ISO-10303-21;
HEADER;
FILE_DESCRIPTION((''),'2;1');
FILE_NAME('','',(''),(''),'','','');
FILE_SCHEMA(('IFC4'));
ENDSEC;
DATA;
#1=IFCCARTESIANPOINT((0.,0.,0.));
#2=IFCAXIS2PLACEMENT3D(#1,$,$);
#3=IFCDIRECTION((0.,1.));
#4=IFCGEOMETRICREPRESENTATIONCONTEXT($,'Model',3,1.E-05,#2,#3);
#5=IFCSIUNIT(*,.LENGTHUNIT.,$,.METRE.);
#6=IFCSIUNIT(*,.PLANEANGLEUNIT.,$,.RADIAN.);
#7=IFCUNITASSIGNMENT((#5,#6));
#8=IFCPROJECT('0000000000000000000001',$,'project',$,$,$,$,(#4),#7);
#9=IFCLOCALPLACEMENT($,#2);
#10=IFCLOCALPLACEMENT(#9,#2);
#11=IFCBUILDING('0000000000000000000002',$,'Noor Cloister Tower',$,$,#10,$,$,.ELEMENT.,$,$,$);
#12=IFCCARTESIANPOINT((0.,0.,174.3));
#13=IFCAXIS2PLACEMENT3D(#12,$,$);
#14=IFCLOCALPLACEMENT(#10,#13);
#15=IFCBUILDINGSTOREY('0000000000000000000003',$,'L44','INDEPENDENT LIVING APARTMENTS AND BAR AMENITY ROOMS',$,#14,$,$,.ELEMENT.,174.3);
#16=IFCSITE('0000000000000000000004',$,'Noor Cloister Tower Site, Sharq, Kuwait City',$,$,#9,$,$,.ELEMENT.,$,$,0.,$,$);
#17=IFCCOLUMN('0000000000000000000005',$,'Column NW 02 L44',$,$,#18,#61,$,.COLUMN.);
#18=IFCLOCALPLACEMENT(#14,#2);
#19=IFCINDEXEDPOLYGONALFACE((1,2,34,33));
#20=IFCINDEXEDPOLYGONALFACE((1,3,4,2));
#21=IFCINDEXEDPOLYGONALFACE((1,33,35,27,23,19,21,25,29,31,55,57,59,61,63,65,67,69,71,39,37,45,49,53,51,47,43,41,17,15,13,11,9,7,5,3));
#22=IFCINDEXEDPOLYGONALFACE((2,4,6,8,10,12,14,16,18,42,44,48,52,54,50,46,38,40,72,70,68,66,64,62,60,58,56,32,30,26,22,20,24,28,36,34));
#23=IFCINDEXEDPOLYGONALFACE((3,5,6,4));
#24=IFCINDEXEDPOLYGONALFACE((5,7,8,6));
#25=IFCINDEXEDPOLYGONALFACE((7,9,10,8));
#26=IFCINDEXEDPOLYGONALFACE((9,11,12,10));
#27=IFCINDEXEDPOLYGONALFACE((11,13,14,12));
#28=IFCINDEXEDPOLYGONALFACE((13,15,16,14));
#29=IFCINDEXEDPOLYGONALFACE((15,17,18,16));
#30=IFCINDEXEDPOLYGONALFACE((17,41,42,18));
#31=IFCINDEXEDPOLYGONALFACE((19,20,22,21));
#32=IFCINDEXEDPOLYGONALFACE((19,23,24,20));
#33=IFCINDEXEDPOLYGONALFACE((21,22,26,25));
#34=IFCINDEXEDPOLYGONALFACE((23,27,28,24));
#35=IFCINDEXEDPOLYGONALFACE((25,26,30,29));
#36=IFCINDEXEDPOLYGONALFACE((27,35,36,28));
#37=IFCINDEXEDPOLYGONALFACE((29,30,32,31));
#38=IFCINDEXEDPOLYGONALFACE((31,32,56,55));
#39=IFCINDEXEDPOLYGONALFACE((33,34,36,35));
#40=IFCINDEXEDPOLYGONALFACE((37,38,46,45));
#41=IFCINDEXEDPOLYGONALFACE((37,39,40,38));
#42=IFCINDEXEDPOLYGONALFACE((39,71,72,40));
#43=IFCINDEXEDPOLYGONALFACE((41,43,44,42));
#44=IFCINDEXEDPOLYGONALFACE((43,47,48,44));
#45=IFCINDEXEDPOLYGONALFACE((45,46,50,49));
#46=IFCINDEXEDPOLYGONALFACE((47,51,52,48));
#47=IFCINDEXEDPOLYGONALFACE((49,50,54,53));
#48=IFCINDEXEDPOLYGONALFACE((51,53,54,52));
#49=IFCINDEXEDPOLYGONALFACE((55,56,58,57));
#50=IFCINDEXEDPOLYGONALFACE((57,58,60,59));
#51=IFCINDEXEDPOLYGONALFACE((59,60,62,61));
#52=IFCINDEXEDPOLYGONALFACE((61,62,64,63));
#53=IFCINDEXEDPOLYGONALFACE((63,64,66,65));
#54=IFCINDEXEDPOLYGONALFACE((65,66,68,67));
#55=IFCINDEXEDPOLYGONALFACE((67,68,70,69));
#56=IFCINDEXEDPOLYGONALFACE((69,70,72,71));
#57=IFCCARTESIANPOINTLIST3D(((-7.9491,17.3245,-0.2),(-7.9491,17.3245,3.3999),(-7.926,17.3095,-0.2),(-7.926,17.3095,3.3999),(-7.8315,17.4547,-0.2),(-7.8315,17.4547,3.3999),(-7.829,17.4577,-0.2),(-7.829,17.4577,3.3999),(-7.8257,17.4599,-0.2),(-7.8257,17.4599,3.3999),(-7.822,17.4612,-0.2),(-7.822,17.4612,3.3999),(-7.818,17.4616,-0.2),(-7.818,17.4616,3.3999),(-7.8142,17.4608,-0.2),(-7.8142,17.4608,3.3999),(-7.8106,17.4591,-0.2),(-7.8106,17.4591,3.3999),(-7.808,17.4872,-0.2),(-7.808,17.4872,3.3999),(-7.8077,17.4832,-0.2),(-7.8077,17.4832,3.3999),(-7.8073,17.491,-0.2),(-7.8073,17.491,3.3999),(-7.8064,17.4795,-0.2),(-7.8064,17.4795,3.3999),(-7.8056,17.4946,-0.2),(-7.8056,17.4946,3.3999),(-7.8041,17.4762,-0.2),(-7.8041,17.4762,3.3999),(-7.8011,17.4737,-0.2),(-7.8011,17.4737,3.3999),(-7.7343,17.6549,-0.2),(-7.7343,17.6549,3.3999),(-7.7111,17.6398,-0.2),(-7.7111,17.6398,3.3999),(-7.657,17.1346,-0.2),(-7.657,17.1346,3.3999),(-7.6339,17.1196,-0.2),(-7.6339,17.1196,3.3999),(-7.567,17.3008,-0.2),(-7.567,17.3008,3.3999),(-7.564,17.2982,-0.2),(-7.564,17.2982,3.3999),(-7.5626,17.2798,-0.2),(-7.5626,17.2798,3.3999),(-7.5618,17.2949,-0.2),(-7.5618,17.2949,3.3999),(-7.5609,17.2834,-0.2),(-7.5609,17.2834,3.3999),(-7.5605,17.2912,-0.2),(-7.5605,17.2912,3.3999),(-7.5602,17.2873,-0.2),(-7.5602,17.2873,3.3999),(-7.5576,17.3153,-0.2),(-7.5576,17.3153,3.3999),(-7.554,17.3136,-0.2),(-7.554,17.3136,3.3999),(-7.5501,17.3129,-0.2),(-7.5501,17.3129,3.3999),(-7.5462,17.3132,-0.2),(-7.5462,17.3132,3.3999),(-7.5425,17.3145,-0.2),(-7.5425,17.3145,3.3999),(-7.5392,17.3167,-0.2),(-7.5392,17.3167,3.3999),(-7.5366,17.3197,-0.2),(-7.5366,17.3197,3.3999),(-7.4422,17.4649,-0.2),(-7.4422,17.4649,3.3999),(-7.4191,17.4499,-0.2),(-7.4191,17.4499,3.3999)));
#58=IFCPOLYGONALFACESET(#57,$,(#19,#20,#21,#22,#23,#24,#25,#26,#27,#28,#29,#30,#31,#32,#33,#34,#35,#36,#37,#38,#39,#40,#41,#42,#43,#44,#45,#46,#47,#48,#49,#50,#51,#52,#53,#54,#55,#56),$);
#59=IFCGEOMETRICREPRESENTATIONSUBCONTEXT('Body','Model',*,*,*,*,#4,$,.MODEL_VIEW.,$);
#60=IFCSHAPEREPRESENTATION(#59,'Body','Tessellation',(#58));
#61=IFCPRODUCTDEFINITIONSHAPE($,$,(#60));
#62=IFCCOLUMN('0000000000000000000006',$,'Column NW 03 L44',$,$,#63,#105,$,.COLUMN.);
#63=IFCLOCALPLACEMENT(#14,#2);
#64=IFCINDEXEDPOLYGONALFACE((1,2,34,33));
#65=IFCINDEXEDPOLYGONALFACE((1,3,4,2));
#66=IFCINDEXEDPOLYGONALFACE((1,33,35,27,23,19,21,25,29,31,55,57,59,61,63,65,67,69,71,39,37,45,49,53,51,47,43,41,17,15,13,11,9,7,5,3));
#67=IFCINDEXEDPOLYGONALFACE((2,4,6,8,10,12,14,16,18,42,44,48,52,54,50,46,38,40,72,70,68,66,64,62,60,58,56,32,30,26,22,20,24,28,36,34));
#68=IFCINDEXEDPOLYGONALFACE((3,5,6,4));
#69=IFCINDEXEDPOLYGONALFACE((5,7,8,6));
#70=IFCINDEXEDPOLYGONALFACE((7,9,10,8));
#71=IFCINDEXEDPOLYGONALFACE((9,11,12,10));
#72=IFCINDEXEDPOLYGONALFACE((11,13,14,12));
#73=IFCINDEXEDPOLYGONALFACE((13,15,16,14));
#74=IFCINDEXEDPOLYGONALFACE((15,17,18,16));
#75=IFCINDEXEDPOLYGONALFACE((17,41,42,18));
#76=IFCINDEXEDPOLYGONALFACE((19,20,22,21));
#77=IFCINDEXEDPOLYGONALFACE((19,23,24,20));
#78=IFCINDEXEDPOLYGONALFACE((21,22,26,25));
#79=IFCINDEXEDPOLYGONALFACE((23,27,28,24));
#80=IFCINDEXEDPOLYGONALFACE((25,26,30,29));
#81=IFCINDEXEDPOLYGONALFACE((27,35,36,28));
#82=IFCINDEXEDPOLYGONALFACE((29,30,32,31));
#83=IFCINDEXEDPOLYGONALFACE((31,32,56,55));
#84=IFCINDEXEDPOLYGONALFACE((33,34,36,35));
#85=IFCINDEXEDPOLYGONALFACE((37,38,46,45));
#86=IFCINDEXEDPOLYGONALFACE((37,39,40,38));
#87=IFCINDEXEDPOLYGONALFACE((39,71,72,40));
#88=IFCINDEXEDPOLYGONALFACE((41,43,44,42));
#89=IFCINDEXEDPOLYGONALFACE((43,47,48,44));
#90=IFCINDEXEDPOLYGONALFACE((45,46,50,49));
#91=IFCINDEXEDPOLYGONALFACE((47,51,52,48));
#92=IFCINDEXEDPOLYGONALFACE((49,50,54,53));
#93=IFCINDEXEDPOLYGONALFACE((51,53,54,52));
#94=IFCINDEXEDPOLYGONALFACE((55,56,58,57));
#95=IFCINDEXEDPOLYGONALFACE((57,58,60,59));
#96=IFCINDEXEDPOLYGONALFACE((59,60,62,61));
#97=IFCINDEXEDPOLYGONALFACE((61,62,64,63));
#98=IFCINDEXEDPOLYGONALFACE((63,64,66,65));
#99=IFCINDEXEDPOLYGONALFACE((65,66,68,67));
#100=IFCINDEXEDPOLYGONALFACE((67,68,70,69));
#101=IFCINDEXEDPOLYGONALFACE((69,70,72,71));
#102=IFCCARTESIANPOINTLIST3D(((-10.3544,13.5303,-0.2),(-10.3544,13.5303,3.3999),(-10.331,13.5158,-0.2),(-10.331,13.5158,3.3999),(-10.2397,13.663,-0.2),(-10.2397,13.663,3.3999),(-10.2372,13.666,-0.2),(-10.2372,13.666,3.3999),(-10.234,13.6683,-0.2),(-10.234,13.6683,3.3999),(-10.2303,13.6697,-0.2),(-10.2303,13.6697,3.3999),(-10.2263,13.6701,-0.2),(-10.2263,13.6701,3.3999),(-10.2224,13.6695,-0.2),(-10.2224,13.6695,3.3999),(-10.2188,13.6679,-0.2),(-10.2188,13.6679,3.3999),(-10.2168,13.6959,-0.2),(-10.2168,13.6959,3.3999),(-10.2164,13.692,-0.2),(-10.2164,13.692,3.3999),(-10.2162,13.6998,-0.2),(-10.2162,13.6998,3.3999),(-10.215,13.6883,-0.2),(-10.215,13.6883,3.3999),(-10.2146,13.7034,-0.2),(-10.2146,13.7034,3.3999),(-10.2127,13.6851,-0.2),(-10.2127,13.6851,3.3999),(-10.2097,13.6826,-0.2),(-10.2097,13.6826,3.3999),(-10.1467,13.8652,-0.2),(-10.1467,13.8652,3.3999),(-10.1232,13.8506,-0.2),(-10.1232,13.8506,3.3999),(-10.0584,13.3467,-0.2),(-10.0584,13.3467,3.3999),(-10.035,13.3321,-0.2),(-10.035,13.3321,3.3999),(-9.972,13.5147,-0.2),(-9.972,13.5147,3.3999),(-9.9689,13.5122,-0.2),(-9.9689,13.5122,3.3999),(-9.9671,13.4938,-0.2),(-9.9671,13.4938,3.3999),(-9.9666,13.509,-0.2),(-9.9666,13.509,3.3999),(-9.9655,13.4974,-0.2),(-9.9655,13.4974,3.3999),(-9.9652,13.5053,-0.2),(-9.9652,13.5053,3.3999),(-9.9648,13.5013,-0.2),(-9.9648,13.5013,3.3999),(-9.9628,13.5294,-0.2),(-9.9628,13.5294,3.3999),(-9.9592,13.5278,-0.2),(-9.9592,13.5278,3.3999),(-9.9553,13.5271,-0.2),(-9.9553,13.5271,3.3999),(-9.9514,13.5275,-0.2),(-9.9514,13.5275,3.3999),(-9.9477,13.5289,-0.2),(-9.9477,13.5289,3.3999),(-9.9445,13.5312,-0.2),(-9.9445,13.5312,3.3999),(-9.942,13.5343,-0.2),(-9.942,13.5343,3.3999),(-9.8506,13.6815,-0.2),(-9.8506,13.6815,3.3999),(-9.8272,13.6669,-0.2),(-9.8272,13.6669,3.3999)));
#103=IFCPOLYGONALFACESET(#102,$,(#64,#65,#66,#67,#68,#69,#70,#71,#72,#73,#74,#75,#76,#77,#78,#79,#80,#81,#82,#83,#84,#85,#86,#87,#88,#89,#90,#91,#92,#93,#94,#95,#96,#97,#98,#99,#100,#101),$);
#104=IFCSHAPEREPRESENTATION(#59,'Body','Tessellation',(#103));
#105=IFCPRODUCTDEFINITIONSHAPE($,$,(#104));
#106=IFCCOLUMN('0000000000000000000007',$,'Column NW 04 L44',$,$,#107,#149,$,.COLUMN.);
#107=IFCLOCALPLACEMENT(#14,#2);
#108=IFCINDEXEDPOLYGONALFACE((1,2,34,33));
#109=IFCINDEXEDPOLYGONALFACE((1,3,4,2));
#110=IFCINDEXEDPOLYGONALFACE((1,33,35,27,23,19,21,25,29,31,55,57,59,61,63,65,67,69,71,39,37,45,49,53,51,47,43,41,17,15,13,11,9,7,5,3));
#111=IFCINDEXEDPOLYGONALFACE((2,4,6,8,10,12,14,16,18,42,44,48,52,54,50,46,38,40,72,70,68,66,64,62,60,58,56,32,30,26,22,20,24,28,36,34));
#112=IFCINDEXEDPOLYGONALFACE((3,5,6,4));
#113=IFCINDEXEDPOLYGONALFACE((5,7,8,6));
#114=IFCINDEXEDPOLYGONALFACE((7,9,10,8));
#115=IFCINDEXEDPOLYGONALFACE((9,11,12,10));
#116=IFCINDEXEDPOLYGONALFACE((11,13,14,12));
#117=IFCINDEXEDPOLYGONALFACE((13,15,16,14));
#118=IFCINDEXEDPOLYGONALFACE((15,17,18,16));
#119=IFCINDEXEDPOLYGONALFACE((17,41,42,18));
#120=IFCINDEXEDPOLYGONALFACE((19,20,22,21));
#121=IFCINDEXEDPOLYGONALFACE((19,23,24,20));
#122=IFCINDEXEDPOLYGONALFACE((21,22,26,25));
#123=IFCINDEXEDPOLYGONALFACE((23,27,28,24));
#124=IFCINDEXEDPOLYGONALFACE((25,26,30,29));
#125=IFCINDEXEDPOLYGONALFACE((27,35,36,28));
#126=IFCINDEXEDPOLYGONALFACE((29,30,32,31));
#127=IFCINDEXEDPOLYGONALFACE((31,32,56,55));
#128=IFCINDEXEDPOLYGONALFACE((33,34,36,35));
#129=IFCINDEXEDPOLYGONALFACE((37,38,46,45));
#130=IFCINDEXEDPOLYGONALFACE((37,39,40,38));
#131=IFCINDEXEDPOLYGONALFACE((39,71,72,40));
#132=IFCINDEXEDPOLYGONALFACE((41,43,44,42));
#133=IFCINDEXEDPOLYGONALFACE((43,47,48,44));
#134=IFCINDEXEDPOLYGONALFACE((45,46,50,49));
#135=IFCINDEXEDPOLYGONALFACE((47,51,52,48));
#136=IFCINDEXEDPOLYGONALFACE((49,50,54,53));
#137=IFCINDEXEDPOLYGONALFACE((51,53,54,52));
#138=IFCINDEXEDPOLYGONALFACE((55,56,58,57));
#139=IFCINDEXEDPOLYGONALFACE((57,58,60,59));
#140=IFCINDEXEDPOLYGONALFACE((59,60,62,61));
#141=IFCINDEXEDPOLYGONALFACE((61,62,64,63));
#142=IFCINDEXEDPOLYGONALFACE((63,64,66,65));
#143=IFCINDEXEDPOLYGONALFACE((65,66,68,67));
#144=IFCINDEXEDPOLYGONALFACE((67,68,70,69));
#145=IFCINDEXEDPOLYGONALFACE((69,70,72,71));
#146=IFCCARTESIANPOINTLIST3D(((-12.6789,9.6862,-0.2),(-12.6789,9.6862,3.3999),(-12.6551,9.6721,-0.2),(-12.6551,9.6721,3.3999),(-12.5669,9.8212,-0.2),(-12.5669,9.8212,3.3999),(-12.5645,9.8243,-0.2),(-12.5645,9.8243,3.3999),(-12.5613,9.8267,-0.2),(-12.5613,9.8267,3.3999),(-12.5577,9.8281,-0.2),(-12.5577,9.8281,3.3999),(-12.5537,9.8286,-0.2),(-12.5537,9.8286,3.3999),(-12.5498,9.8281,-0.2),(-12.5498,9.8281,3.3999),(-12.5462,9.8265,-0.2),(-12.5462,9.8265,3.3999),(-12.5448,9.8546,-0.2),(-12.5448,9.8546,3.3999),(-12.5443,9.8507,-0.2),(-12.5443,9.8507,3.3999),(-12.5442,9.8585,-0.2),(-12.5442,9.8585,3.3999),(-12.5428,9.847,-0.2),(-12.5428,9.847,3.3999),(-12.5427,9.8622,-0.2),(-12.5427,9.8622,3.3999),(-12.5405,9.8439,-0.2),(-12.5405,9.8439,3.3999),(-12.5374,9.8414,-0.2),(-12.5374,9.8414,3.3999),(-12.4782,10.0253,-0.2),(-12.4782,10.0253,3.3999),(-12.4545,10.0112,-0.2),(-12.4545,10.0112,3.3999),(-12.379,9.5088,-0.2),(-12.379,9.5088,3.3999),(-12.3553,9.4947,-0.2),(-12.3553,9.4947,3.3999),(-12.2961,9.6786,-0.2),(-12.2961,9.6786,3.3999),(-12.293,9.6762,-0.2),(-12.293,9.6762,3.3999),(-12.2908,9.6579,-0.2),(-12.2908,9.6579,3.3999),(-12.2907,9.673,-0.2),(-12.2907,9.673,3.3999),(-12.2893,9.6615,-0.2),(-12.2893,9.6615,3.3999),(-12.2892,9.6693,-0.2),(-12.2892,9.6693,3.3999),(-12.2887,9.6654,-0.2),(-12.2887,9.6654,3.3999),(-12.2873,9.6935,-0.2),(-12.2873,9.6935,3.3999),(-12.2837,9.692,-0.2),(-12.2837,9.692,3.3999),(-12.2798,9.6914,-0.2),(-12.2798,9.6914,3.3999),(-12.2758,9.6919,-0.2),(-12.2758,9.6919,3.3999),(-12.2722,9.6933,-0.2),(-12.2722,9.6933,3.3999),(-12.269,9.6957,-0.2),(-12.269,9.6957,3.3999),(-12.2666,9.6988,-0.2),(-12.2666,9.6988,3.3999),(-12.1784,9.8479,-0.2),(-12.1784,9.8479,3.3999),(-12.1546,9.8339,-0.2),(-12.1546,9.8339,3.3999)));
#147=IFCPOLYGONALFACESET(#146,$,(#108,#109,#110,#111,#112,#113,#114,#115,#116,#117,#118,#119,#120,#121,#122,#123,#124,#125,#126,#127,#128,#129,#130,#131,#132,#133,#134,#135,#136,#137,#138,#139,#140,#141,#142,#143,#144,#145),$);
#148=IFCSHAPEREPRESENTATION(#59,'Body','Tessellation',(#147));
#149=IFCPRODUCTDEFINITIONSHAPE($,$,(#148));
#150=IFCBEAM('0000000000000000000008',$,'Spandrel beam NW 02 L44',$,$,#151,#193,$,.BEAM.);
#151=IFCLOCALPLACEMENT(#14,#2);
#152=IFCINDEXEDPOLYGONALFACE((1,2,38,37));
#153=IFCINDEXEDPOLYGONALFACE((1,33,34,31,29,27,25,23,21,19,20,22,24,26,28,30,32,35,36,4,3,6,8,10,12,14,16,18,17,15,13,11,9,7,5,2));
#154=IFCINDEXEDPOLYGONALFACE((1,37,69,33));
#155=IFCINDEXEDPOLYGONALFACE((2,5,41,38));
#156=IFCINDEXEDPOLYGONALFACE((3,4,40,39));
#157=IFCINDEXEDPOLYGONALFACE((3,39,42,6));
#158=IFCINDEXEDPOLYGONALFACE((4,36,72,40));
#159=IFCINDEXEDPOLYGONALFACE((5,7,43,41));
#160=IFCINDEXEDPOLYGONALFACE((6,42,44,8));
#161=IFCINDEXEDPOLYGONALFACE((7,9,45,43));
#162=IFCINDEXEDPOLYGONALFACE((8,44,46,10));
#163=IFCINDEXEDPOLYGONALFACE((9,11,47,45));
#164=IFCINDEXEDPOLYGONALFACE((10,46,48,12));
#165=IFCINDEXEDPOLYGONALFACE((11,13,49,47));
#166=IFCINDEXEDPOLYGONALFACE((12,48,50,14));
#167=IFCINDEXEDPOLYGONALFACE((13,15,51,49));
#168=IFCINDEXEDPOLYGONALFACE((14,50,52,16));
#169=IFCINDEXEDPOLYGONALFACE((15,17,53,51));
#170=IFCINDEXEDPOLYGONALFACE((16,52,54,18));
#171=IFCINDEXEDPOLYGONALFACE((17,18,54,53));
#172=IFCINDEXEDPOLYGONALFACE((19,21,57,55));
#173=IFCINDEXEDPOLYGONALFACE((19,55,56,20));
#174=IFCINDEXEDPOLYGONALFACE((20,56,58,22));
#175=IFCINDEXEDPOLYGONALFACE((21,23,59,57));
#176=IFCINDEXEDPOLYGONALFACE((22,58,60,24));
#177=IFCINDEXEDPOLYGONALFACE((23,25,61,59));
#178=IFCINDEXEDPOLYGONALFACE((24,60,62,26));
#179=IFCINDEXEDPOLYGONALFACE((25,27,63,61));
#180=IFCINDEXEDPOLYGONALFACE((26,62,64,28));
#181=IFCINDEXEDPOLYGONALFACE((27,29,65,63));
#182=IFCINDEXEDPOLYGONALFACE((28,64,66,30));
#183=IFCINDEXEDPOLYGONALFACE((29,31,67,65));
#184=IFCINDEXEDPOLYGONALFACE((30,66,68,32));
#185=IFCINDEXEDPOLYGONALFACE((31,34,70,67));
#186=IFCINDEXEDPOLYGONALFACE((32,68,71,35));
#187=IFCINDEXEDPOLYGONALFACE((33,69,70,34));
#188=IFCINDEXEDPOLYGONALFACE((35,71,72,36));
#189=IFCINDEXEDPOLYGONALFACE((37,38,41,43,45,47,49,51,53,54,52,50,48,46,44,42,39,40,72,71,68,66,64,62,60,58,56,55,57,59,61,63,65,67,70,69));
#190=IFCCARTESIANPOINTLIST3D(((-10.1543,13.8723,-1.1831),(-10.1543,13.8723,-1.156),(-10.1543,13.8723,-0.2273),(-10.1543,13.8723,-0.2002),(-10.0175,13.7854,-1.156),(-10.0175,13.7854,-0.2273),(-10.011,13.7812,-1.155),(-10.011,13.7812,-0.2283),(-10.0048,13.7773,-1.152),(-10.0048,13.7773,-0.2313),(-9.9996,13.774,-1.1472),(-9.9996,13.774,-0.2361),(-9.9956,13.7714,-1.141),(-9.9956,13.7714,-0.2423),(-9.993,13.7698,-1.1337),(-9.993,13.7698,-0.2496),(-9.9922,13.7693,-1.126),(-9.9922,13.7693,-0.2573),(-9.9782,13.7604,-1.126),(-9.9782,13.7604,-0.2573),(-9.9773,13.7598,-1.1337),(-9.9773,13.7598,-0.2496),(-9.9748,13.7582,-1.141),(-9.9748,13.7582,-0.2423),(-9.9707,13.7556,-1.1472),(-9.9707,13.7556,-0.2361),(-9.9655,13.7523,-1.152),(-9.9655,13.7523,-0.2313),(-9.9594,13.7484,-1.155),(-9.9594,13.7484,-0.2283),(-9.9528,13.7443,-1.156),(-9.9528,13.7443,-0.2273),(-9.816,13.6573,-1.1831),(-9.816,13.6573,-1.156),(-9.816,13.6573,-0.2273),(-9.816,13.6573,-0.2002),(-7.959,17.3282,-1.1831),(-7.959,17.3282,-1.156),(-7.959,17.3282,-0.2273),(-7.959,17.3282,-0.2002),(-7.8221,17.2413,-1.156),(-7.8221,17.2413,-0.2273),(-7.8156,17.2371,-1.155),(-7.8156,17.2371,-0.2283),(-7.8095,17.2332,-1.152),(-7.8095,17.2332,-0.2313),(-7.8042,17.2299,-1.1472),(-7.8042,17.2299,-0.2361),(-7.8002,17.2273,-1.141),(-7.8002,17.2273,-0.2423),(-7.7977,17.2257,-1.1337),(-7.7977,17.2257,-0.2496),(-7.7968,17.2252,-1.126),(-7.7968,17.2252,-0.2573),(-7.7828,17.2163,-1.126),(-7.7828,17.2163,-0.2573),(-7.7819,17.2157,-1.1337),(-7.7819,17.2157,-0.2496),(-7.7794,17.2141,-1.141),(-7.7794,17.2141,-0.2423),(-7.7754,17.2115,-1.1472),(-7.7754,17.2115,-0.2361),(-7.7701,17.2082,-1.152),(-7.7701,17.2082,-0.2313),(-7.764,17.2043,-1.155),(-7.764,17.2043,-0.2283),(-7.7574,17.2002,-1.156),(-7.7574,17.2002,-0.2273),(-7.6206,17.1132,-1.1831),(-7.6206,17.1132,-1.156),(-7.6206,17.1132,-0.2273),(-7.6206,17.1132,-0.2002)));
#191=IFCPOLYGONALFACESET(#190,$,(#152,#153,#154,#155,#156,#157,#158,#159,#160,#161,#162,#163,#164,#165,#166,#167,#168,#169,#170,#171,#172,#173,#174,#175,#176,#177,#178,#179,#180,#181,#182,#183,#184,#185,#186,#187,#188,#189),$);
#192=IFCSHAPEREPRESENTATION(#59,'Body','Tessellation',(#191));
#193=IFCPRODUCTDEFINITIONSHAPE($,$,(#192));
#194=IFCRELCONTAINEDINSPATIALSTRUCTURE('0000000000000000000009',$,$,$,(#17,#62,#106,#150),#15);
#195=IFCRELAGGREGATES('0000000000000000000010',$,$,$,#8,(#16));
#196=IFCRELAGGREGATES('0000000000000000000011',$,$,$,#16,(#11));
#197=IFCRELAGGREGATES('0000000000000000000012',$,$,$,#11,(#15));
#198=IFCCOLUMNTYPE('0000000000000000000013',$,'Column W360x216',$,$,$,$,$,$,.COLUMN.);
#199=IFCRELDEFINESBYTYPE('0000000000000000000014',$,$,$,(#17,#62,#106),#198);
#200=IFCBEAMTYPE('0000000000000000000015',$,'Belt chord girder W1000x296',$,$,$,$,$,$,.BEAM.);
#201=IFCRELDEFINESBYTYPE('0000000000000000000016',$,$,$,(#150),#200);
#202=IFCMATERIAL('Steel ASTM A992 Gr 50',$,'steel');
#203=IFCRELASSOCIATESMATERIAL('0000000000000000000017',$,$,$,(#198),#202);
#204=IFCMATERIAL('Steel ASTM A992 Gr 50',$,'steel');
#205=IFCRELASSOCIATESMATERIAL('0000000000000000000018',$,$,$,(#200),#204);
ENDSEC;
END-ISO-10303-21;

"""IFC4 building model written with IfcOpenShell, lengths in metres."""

from ifc_helpers import new_model, si_unit, direction, frame, origin, origin_2d, place, context, subcontext, project, spatial, i_section, extrude, material, material_profile, profile_set, type_object, element, save


model = new_model("IFC4")

# Units and contexts
model_context = context("Model", 3, precision=1e-05, world=origin(), true_north=direction((0.0, 1.0)))
body_context = subcontext(model_context, "Body", "Model", "MODEL_VIEW")
ifc_project = project(units=[si_unit("LENGTHUNIT", "METRE"), si_unit("PLANEANGLEUNIT", "RADIAN")], contexts=[model_context])

# Site, building, storey
site_placement = place(None, origin())
site = spatial("IfcSite", under=ifc_project, at=site_placement, Name="Noor Cloister Tower Site, Sharq, Kuwait City", CompositionType="ELEMENT", RefElevation=0.0)
building_placement = place(site_placement, origin())
building = spatial("IfcBuilding", under=site, at=building_placement, Name="Noor Cloister Tower", CompositionType="ELEMENT")
storey_placement = place(building_placement, frame((0.0, 0.0, 174.3)))
storey = spatial("IfcBuildingStorey", under=building, at=storey_placement, Name="L44", Description="INDEPENDENT LIVING APARTMENTS AND BAR AMENITY ROOMS", CompositionType="ELEMENT", Elevation=174.3)

# Columns
ifc_material_1 = material(Name="Steel ASTM A992 Gr 50", Category="steel")
ifc_material_profile_1 = material_profile(ifc_material_1, i_section(OverallWidth=0.394, OverallDepth=0.376, WebThickness=0.0173, FlangeThickness=0.0276, FilletRadius=0.0151, at=origin_2d()), Name="W360x216")
ifc_profile_set_1 = profile_set([ifc_material_profile_1], Name="Steel ASTM A992 Gr 50")
column_type = type_object("IfcColumnType", Name="Column W360x216", PredefinedType="COLUMN", material=ifc_profile_set_1)
for number, where, z_axis, x_axis, name in (
    (1, (-7.6841, 17.3872, -0.2), (0.0, 0.0, 1.0), (-0.545137, -0.838347, 0.0), "Column NW 02 L44"),
    (2, (-10.0908, 13.5986, -0.2), (0.0, 0.0, 1.0), (-0.527259, -0.849705, 0.0), "Column NW 03 L44"),
    (3, (-12.4167, 9.76, -0.2), (0.0, 0.0, 1.0), (-0.509144, -0.860682, 0.0), "Column NW 04 L44"),
):
    element("IfcColumn", number, at=place(storey_placement, frame(where, z_axis=z_axis, x_axis=x_axis)), inside=storey, type_object=column_type, Name=name, PredefinedType="COLUMN", context=body_context, shape_type="SweptSolid", body=[
        extrude(i_section(OverallWidth=0.394, OverallDepth=0.376, WebThickness=0.0173, FlangeThickness=0.0276, FilletRadius=0.0151, at=origin_2d()), origin(), (0.0, 0.0, 1.0), 3.5999),
    ])

# Beam
ifc_material_2 = material(Name="Steel ASTM A992 Gr 50", Category="steel")
ifc_material_profile_2 = material_profile(ifc_material_2, i_section(OverallWidth=0.4009, OverallDepth=0.9829, WebThickness=0.0166, FlangeThickness=0.0271, FilletRadius=0.03, at=origin_2d()), Name="W1000x296")
ifc_profile_set_2 = profile_set([ifc_material_profile_2], Name="Steel ASTM A992 Gr 50")
beam_type_1 = type_object("IfcBeamType", Name="Belt chord girder W1000x296", PredefinedType="BEAM", material=ifc_profile_set_2)
for number, where, z_axis, x_axis, name in (
    (4, (-7.7898, 17.2207, -0.6917), (-0.536208, -0.844086, 0.0), (0.844086, -0.536208, 0.0), "Spandrel beam NW 02 L44"),
):
    element("IfcBeam", number, at=place(storey_placement, frame(where, z_axis=z_axis, x_axis=x_axis)), inside=storey, type_object=beam_type_1, Name=name, PredefinedType="BEAM", context=body_context, shape_type="SweptSolid", body=[
        extrude(i_section(OverallWidth=0.4009, OverallDepth=0.9829, WebThickness=0.0166, FlangeThickness=0.0271, FilletRadius=0.03, at=origin_2d()), origin(), (0.0, 0.0, 1.0), 4.0942),
    ])

save(model, "model.ifc")
